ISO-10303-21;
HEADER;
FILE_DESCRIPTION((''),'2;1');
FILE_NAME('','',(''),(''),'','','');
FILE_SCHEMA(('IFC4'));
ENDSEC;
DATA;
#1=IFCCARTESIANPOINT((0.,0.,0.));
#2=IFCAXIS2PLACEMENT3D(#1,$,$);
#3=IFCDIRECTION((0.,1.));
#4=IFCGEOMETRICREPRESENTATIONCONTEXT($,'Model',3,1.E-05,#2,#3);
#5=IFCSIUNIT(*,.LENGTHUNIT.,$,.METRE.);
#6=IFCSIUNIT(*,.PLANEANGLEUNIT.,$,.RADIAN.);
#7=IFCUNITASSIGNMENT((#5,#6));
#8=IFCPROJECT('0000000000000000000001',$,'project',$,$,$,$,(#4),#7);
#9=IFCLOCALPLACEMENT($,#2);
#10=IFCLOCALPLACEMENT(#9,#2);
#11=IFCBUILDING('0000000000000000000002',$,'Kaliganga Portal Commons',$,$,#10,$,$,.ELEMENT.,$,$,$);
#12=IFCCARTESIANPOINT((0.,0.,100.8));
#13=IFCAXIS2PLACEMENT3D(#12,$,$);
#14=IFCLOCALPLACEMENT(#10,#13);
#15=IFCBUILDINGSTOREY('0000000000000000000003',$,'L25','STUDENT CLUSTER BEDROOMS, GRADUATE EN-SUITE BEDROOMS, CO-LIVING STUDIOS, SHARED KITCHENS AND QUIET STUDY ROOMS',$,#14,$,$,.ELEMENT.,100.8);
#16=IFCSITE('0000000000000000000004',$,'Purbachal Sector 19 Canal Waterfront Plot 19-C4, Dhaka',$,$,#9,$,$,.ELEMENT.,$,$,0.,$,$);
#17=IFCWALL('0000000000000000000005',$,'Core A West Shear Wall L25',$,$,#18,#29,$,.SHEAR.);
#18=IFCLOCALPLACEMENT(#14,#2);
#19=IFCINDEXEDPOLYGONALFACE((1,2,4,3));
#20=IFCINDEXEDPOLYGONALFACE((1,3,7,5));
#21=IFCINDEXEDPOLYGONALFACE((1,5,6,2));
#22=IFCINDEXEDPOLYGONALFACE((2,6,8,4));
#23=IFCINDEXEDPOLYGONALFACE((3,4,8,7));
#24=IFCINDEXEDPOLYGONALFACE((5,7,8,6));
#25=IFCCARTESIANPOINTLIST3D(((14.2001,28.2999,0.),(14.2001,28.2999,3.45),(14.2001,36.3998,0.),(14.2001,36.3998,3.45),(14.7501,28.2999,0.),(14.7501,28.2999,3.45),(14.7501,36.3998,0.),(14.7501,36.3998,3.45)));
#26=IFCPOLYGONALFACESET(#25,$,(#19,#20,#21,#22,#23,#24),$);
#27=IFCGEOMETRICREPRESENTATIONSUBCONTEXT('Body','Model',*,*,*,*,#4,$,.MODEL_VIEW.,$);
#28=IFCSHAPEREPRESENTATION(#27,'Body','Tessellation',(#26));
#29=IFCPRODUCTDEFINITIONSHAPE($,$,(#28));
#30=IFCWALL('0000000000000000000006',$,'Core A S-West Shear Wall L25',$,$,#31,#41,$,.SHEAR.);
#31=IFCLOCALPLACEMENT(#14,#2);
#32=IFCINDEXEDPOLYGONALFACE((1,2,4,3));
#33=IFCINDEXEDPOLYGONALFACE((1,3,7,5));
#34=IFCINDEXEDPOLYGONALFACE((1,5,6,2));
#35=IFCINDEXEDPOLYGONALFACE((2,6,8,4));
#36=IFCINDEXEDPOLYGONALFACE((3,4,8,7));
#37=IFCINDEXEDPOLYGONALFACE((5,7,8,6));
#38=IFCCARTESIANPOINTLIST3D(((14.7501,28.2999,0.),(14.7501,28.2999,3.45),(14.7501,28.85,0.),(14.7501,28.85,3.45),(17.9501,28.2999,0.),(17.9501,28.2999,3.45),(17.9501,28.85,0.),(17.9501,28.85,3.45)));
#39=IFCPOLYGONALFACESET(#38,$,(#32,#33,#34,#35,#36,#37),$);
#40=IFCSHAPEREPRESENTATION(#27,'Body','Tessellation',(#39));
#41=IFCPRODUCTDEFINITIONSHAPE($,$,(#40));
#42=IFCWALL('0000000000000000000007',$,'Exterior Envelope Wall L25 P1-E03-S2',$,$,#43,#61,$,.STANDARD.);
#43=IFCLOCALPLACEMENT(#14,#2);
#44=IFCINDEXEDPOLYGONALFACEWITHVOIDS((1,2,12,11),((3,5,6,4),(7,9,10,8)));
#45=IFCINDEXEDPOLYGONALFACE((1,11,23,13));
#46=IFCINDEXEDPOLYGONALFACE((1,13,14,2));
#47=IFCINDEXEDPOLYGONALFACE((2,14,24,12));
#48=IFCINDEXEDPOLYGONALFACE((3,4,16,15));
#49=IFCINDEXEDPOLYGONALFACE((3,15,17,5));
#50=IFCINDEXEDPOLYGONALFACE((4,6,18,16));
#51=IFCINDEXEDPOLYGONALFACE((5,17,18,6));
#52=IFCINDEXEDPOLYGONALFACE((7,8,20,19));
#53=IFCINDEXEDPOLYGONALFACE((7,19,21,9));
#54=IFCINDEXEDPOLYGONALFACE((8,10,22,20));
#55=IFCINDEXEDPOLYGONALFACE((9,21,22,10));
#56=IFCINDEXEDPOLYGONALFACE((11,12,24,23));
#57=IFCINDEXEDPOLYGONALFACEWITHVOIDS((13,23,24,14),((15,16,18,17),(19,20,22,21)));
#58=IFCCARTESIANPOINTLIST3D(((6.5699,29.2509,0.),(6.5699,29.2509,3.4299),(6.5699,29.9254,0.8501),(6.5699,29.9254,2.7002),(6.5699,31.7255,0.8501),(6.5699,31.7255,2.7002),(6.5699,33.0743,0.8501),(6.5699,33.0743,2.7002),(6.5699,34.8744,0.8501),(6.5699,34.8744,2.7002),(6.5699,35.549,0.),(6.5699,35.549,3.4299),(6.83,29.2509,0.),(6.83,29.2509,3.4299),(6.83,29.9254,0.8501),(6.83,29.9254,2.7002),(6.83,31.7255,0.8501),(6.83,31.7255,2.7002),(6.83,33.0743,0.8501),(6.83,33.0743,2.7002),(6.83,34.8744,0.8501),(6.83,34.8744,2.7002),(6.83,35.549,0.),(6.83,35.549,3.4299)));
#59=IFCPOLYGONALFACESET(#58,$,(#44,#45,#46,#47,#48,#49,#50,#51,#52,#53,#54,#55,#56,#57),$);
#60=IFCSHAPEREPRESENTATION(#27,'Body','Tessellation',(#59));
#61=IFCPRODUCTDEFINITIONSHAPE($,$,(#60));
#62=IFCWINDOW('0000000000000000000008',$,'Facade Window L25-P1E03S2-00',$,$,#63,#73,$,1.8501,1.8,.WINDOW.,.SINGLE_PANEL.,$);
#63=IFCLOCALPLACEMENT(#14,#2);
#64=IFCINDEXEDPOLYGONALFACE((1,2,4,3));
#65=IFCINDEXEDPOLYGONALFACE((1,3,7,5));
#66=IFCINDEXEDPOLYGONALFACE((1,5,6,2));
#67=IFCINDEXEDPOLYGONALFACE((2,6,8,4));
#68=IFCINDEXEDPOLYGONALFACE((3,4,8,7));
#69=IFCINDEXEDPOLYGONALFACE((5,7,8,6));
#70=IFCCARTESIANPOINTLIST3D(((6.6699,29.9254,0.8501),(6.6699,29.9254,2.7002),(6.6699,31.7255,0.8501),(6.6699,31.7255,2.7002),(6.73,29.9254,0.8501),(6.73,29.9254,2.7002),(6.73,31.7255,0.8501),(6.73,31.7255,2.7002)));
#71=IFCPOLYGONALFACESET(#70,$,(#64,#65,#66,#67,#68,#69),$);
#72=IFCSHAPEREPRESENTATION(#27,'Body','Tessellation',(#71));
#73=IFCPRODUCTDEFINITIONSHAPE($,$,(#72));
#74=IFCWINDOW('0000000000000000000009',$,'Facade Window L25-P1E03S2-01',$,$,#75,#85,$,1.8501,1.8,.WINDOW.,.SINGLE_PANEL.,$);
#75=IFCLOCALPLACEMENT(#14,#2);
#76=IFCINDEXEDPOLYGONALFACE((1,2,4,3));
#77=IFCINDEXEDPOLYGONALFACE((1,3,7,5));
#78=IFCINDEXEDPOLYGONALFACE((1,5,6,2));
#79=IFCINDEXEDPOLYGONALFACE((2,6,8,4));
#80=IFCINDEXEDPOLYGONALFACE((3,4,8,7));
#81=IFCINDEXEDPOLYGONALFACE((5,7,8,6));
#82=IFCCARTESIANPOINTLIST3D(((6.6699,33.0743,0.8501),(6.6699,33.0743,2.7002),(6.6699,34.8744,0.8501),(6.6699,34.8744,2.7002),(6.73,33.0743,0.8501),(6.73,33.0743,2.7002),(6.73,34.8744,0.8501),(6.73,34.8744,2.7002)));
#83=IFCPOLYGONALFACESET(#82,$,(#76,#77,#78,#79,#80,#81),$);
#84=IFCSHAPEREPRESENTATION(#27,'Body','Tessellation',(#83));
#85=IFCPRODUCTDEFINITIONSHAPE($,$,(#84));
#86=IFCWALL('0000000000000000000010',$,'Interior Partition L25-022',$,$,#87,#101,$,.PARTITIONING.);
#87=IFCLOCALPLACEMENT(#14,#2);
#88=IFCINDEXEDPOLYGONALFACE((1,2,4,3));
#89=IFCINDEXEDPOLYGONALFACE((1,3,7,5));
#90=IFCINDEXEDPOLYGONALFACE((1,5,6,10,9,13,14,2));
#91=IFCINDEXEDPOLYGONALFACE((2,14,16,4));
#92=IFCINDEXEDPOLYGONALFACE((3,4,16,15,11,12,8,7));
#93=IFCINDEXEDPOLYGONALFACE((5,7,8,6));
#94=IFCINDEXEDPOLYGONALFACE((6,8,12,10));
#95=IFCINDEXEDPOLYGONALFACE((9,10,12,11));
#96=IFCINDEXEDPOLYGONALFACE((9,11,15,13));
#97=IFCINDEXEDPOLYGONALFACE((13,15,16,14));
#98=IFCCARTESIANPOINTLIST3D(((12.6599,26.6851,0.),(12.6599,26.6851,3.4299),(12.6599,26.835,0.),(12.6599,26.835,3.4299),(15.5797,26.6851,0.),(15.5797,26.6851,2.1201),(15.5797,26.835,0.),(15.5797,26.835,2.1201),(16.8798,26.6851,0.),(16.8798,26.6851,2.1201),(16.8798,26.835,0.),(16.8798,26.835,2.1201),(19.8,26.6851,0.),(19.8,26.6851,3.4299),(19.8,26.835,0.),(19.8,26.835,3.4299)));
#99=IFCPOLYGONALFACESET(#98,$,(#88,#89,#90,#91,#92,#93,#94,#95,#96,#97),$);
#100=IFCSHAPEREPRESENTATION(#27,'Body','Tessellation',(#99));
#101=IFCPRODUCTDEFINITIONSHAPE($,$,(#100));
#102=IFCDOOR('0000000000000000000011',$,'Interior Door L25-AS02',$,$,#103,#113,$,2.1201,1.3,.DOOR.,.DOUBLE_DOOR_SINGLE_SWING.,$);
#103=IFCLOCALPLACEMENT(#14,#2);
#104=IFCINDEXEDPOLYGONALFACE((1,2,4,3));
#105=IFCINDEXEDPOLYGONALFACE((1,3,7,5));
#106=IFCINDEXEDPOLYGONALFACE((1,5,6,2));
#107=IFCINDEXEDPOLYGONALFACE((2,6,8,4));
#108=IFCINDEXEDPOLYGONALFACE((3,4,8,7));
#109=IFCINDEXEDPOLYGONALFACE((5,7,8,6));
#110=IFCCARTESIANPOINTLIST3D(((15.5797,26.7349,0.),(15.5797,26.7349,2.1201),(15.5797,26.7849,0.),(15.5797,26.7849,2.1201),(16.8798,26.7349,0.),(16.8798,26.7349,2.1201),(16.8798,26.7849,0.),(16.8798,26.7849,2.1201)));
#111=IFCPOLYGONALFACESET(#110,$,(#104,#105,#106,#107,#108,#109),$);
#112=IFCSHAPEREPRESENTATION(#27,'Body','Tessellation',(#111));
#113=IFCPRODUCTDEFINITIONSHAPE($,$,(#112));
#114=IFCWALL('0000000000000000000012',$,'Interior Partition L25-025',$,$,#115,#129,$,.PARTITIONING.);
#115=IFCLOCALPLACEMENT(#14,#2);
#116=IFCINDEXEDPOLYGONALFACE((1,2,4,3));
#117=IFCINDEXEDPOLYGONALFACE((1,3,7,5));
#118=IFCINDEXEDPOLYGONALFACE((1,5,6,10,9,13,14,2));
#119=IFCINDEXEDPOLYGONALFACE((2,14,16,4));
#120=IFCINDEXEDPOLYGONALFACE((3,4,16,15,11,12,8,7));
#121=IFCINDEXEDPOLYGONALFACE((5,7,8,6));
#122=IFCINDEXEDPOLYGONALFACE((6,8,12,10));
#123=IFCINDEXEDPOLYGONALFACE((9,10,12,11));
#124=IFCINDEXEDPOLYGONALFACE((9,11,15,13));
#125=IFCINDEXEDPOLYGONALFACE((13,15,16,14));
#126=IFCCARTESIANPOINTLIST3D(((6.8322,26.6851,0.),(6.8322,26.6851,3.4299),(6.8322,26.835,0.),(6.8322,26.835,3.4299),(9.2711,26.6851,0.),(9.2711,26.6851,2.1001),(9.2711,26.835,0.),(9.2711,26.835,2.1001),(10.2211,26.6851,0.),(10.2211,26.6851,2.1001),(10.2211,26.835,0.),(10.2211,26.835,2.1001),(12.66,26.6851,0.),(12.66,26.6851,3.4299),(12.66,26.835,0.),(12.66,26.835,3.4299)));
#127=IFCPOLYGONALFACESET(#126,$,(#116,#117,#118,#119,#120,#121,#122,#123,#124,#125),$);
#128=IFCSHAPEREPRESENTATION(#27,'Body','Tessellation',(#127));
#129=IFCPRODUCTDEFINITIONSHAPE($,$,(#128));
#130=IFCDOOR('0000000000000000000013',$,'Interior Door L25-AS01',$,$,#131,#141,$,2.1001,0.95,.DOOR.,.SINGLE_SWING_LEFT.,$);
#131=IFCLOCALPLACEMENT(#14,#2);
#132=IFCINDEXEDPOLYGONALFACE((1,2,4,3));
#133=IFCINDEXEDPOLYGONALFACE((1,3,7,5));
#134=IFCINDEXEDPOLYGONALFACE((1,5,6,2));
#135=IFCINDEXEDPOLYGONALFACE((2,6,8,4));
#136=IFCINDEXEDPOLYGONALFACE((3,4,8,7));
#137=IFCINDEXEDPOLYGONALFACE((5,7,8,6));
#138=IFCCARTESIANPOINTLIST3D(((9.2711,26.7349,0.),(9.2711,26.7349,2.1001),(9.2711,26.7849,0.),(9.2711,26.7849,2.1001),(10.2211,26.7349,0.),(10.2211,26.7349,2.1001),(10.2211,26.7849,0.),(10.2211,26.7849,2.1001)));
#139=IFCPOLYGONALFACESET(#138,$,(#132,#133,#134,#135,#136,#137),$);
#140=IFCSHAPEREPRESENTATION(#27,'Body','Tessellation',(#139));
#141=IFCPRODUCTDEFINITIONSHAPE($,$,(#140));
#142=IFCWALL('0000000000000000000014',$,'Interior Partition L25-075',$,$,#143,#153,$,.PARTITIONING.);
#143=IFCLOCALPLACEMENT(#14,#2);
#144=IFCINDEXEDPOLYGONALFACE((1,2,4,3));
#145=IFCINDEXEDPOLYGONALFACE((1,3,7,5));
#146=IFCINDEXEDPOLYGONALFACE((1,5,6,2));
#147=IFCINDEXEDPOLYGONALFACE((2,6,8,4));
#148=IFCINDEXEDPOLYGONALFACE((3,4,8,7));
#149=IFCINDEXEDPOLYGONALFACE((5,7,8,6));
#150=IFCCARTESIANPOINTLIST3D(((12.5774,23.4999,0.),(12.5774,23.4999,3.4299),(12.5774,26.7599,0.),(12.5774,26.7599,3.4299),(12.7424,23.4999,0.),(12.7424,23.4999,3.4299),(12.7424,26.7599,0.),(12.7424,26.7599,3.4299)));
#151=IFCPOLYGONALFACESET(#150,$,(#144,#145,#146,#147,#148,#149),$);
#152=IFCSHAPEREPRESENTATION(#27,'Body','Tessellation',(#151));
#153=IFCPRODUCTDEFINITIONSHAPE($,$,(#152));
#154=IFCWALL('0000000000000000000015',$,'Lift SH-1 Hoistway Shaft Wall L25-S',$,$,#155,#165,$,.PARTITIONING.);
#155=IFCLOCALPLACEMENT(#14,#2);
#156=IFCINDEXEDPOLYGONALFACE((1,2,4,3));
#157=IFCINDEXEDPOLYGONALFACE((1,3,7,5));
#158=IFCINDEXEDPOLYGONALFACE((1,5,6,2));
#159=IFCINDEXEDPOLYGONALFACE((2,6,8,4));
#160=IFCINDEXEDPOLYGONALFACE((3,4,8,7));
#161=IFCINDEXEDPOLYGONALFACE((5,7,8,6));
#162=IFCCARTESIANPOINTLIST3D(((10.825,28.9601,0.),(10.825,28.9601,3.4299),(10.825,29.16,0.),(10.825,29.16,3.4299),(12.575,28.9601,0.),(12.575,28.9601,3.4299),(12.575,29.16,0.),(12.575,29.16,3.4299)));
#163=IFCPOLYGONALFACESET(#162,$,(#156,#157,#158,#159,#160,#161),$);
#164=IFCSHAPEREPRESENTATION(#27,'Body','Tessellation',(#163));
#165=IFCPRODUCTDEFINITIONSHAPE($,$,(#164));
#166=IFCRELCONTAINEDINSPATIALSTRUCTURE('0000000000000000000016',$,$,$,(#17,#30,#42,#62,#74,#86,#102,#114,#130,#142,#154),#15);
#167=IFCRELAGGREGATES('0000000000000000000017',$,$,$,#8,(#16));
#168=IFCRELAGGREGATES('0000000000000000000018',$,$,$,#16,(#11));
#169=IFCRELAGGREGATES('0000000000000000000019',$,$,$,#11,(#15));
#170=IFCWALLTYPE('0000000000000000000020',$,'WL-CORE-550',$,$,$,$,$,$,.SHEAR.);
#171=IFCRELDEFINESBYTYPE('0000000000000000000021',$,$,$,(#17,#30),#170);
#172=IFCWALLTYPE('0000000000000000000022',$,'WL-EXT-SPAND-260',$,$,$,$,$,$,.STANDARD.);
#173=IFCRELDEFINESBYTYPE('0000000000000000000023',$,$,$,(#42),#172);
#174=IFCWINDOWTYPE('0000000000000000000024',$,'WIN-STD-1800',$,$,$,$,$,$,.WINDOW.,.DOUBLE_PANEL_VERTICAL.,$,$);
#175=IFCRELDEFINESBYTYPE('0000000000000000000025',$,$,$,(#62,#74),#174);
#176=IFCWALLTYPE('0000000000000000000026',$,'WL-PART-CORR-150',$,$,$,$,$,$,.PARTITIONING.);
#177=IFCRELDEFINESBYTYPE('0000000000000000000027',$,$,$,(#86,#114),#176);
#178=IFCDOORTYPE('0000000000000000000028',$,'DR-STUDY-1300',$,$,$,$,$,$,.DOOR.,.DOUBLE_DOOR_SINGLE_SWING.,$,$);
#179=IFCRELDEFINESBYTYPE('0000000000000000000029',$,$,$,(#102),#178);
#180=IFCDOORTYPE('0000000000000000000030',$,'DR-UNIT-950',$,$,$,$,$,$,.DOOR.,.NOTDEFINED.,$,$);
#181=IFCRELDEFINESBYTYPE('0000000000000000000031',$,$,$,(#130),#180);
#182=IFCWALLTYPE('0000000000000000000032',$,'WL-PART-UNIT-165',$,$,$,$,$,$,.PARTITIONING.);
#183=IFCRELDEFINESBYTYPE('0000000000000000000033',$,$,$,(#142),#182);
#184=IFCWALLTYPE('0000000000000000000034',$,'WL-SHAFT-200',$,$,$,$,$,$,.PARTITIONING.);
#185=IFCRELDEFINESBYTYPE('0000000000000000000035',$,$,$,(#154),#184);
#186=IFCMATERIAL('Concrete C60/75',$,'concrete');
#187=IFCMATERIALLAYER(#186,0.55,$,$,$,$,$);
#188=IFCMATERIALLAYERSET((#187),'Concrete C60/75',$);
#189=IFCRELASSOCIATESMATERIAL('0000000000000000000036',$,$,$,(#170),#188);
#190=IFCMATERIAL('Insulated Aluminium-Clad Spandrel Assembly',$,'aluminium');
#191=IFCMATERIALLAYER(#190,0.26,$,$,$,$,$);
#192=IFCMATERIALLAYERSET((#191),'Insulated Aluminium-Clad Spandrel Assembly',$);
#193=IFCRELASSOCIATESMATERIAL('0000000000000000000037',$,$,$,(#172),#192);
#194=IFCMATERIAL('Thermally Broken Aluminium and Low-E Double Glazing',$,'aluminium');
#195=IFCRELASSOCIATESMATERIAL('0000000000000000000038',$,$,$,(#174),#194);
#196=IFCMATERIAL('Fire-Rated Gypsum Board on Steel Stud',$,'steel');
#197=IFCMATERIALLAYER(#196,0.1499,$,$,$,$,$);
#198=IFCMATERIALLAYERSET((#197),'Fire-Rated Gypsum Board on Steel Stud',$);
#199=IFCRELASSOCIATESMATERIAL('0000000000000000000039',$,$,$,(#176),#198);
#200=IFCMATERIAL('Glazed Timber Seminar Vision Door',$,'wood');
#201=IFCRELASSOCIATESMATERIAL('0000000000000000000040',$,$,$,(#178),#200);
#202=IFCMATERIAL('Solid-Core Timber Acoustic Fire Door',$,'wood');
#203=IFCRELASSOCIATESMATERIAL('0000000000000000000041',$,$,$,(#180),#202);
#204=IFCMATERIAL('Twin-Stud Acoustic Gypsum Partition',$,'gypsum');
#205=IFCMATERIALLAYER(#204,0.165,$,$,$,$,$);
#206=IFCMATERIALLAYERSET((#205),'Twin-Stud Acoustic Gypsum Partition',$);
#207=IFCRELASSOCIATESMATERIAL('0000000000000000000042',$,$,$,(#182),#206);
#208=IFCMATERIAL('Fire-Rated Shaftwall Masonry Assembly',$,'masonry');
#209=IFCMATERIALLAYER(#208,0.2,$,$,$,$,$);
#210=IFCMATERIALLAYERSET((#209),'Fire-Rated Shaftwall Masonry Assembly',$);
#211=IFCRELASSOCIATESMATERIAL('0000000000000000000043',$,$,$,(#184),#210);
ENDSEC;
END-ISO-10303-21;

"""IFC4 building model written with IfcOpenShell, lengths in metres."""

from ifc_helpers import new_model, si_unit, direction, frame, frame_2d, origin, place, context, subcontext, project, spatial, rectangle, extrude, material, layer, layer_set, type_object, element, fill, save


model = new_model("IFC4")

# Units and contexts
model_context = context("Model", 3, precision=1e-05, world=origin(), true_north=direction((0.0, 1.0)))
body_context = subcontext(model_context, "Body", "Model", "MODEL_VIEW")
ifc_project = project(units=[si_unit("LENGTHUNIT", "METRE"), si_unit("PLANEANGLEUNIT", "RADIAN")], contexts=[model_context])

# Site, building, storey
site_placement = place(None, origin())
site = spatial("IfcSite", under=ifc_project, at=site_placement, Name="Purbachal Sector 19 Canal Waterfront Plot 19-C4, Dhaka", CompositionType="ELEMENT", RefElevation=0.0)
building_placement = place(site_placement, origin())
building = spatial("IfcBuilding", under=site, at=building_placement, Name="Kaliganga Portal Commons", CompositionType="ELEMENT")
storey_placement = place(building_placement, frame((0.0, 0.0, 100.8)))
storey = spatial("IfcBuildingStorey", under=building, at=storey_placement, Name="L25", Description="STUDENT CLUSTER BEDROOMS, GRADUATE EN-SUITE BEDROOMS, CO-LIVING STUDIOS, SHARED KITCHENS AND QUIET STUDY ROOMS", CompositionType="ELEMENT", Elevation=100.8)

# Shared definitions
ifc_material_1 = material(Name="Concrete C60/75", Category="concrete")

# Walls
ifc_layer_1 = layer(ifc_material_1, 0.55)
ifc_layer_set_1 = layer_set([ifc_layer_1], Name="Concrete C60/75")
wall_type_1 = type_object("IfcWallType", Name="WL-CORE-550", PredefinedType="SHEAR", material=ifc_layer_set_1)
wall_1_placement = place(storey_placement, frame((14.4751, 28.3, 0.0), z_axis=(0.0, 0.0, 1.0), x_axis=(0.0, 1.0, 0.0)))
element("IfcWall", 1, at=wall_1_placement, inside=storey, type_object=wall_type_1, Name="Core A West Shear Wall L25", PredefinedType="SHEAR", context=body_context, shape_type="SweptSolid", body=[
    extrude(rectangle(XDim=8.0999, YDim=0.55, at=frame_2d((4.0498, 0.0))), origin(), (0.0, 0.0, 1.0), 3.45),
])
wall_2_placement = place(storey_placement, frame((14.75, 28.575, 0.0), z_axis=(0.0, 0.0, 1.0), x_axis=(1.0, 0.0, 0.0)))
element("IfcWall", 2, at=wall_2_placement, inside=storey, type_object=wall_type_1, Name="Core A S-West Shear Wall L25", PredefinedType="SHEAR", context=body_context, shape_type="SweptSolid", body=[
    extrude(rectangle(XDim=3.2, YDim=0.55, at=frame_2d((1.6001, 0.0))), origin(), (0.0, 0.0, 1.0), 3.45),
])

# Wall, openings, windows
ifc_material_2 = material(Name="Insulated Aluminium-Clad Spandrel Assembly", Category="aluminium")
ifc_layer_2 = layer(ifc_material_2, 0.26)
ifc_layer_set_2 = layer_set([ifc_layer_2], Name="Insulated Aluminium-Clad Spandrel Assembly")
wall_type_2 = type_object("IfcWallType", Name="WL-EXT-SPAND-260", PredefinedType="STANDARD", material=ifc_layer_set_2)
wall_3_placement = place(storey_placement, frame((6.7, 29.251, 0.0), z_axis=(0.0, 0.0, 1.0), x_axis=(0.0, 1.0, 0.0)))
wall_3 = element("IfcWall", 3, at=wall_3_placement, inside=storey, type_object=wall_type_2, Name="Exterior Envelope Wall L25 P1-E03-S2", PredefinedType="STANDARD", context=body_context, shape_type="SweptSolid", body=[
    extrude(rectangle(XDim=6.2981, YDim=0.26, at=frame_2d((3.1489, 0.0))), origin(), (0.0, 0.0, 1.0), 3.4299),
])
opening_1_placement = place(wall_3_placement, frame((0.6746, 0.0, 0.8501)))
opening_1 = element("IfcOpeningElement", 4, at=opening_1_placement, cuts=wall_3, PredefinedType="OPENING", context=body_context, shape_type="SweptSolid", body=[
    extrude(rectangle(XDim=1.8, YDim=1.8501, at=frame_2d((0.8999, 0.925))), frame((0.0, 0.1401, 0.0), z_axis=(0.0, -1.0, 0.0), x_axis=(1.0, 0.0, 0.0)), (0.0, 0.0, 1.0), 0.28),
])
opening_2_placement = place(wall_3_placement, frame((3.8235, 0.0, 0.8501)))
opening_2 = element("IfcOpeningElement", 5, at=opening_2_placement, cuts=wall_3, PredefinedType="OPENING", context=body_context, shape_type="SweptSolid", body=[
    extrude(rectangle(XDim=1.8, YDim=1.8501, at=frame_2d((0.8999, 0.925))), frame((0.0, 0.1401, 0.0), z_axis=(0.0, -1.0, 0.0), x_axis=(1.0, 0.0, 0.0)), (0.0, 0.0, 1.0), 0.28),
])
ifc_material_3 = material(Name="Thermally Broken Aluminium and Low-E Double Glazing", Category="aluminium")
window_type = type_object("IfcWindowType", Name="WIN-STD-1800", PartitioningType="DOUBLE_PANEL_VERTICAL", PredefinedType="WINDOW", material=ifc_material_3)
window_1_placement = place(opening_1_placement, origin())
window_1 = element("IfcWindow", 6, at=window_1_placement, inside=storey, type_object=window_type, Name="Facade Window L25-P1E03S2-00", OverallHeight=1.8501, OverallWidth=1.8, PartitioningType="SINGLE_PANEL", PredefinedType="WINDOW", context=body_context, shape_type="SweptSolid", body=[
    extrude(rectangle(XDim=1.8, YDim=1.8501, at=frame_2d((0.8999, 0.925))), frame((0.0, 0.03, 0.0), z_axis=(0.0, -1.0, 0.0), x_axis=(1.0, 0.0, 0.0)), (0.0, 0.0, 1.0), 0.0601),
])
fill(opening_1, window_1)
window_2_placement = place(opening_2_placement, origin())
window_2 = element("IfcWindow", 7, at=window_2_placement, inside=storey, type_object=window_type, Name="Facade Window L25-P1E03S2-01", OverallHeight=1.8501, OverallWidth=1.8, PartitioningType="SINGLE_PANEL", PredefinedType="WINDOW", context=body_context, shape_type="SweptSolid", body=[
    extrude(rectangle(XDim=1.8, YDim=1.8501, at=frame_2d((0.8999, 0.925))), frame((0.0, 0.03, 0.0), z_axis=(0.0, -1.0, 0.0), x_axis=(1.0, 0.0, 0.0)), (0.0, 0.0, 1.0), 0.0601),
])
fill(opening_2, window_2)

# Walls, openings, doors
ifc_material_4 = material(Name="Fire-Rated Gypsum Board on Steel Stud", Category="steel")
ifc_layer_3 = layer(ifc_material_4, 0.1499)
ifc_layer_set_3 = layer_set([ifc_layer_3], Name="Fire-Rated Gypsum Board on Steel Stud")
wall_type_3 = type_object("IfcWallType", Name="WL-PART-CORR-150", PredefinedType="PARTITIONING", material=ifc_layer_set_3)
wall_4_placement = place(storey_placement, frame((12.6599, 26.76, 0.0), z_axis=(0.0, 0.0, 1.0), x_axis=(1.0, 0.0, 0.0)))
wall_4 = element("IfcWall", 8, at=wall_4_placement, inside=storey, type_object=wall_type_3, Name="Interior Partition L25-022", PredefinedType="PARTITIONING", context=body_context, shape_type="SweptSolid", body=[
    extrude(rectangle(XDim=7.1401, YDim=0.1499, at=frame_2d((3.5701, 0.0))), origin(), (0.0, 0.0, 1.0), 3.4299),
])
opening_3_placement = place(wall_4_placement, frame((2.9199, 0.0, 0.0)))
opening_3 = element("IfcOpeningElement", 9, at=opening_3_placement, cuts=wall_4, PredefinedType="OPENING", context=body_context, shape_type="SweptSolid", body=[
    extrude(rectangle(XDim=1.3, YDim=2.1201, at=frame_2d((0.6499, 1.0601))), frame((0.0, 0.085, 0.0), z_axis=(0.0, -1.0, 0.0), x_axis=(1.0, 0.0, 0.0)), (0.0, 0.0, 1.0), 0.1699),
])
ifc_material_5 = material(Name="Glazed Timber Seminar Vision Door", Category="wood")
door_type_1 = type_object("IfcDoorType", Name="DR-STUDY-1300", OperationType="DOUBLE_DOOR_SINGLE_SWING", PredefinedType="DOOR", material=ifc_material_5)
door_1_placement = place(opening_3_placement, origin())
door_1 = element("IfcDoor", 10, at=door_1_placement, inside=storey, type_object=door_type_1, Name="Interior Door L25-AS02", OperationType="DOUBLE_DOOR_SINGLE_SWING", OverallHeight=2.1201, OverallWidth=1.3, PredefinedType="DOOR", context=body_context, shape_type="SweptSolid", body=[
    extrude(rectangle(XDim=1.3, YDim=2.1201, at=frame_2d((0.6499, 1.0601))), frame((0.0, 0.0249, 0.0), z_axis=(0.0, -1.0, 0.0), x_axis=(1.0, 0.0, 0.0)), (0.0, 0.0, 1.0), 0.05),
])
fill(opening_3, door_1)
wall_5_placement = place(storey_placement, frame((6.832, 26.76, 0.0), z_axis=(0.0, 0.0, 1.0), x_axis=(1.0, 0.0, 0.0)))
wall_5 = element("IfcWall", 11, at=wall_5_placement, inside=storey, type_object=wall_type_3, Name="Interior Partition L25-025", PredefinedType="PARTITIONING", context=body_context, shape_type="SweptSolid", body=[
    extrude(rectangle(XDim=5.8279, YDim=0.1499, at=frame_2d((2.9141, 0.0))), origin(), (0.0, 0.0, 1.0), 3.4299),
])
opening_4_placement = place(wall_5_placement, frame((2.439, 0.0, 0.0)))
opening_4 = element("IfcOpeningElement", 12, at=opening_4_placement, cuts=wall_5, PredefinedType="OPENING", context=body_context, shape_type="SweptSolid", body=[
    extrude(rectangle(XDim=0.95, YDim=2.1001, at=frame_2d((0.4751, 1.05))), frame((0.0, 0.085, 0.0), z_axis=(0.0, -1.0, 0.0), x_axis=(1.0, 0.0, 0.0)), (0.0, 0.0, 1.0), 0.1699),
])
ifc_material_6 = material(Name="Solid-Core Timber Acoustic Fire Door", Category="wood")
door_type_2 = type_object("IfcDoorType", Name="DR-UNIT-950", OperationType="NOTDEFINED", PredefinedType="DOOR", material=ifc_material_6)
door_2_placement = place(opening_4_placement, origin())
door_2 = element("IfcDoor", 13, at=door_2_placement, inside=storey, type_object=door_type_2, Name="Interior Door L25-AS01", OperationType="SINGLE_SWING_LEFT", OverallHeight=2.1001, OverallWidth=0.95, PredefinedType="DOOR", context=body_context, shape_type="SweptSolid", body=[
    extrude(rectangle(XDim=0.95, YDim=2.1001, at=frame_2d((0.4751, 1.05))), frame((0.0, 0.0249, 0.0), z_axis=(0.0, -1.0, 0.0), x_axis=(1.0, 0.0, 0.0)), (0.0, 0.0, 1.0), 0.05),
])
fill(opening_4, door_2)

# Walls
ifc_material_7 = material(Name="Twin-Stud Acoustic Gypsum Partition", Category="gypsum")
ifc_layer_4 = layer(ifc_material_7, 0.165)
ifc_layer_set_4 = layer_set([ifc_layer_4], Name="Twin-Stud Acoustic Gypsum Partition")
wall_type_4 = type_object("IfcWallType", Name="WL-PART-UNIT-165", PredefinedType="PARTITIONING", material=ifc_layer_set_4)
wall_6_placement = place(storey_placement, frame((12.6599, 23.5, 0.0), z_axis=(0.0, 0.0, 1.0), x_axis=(0.0, 1.0, 0.0)))
element("IfcWall", 14, at=wall_6_placement, inside=storey, type_object=wall_type_4, Name="Interior Partition L25-075", PredefinedType="PARTITIONING", context=body_context, shape_type="SweptSolid", body=[
    extrude(rectangle(XDim=3.26, YDim=0.165, at=frame_2d((1.6299, 0.0))), origin(), (0.0, 0.0, 1.0), 3.4299),
])
ifc_material_8 = material(Name="Fire-Rated Shaftwall Masonry Assembly", Category="masonry")
ifc_layer_5 = layer(ifc_material_8, 0.2)
ifc_layer_set_5 = layer_set([ifc_layer_5], Name="Fire-Rated Shaftwall Masonry Assembly")
wall_type_5 = type_object("IfcWallType", Name="WL-SHAFT-200", PredefinedType="PARTITIONING", material=ifc_layer_set_5)
wall_7_placement = place(storey_placement, frame((10.825, 29.0601, 0.0), z_axis=(0.0, 0.0, 1.0), x_axis=(1.0, 0.0, 0.0)))
element("IfcWall", 15, at=wall_7_placement, inside=storey, type_object=wall_type_5, Name="Lift SH-1 Hoistway Shaft Wall L25-S", PredefinedType="PARTITIONING", context=body_context, shape_type="SweptSolid", body=[
    extrude(rectangle(XDim=1.75, YDim=0.2, at=frame_2d((0.875, 0.0))), origin(), (0.0, 0.0, 1.0), 3.4299),
])

save(model, "model.ifc")
